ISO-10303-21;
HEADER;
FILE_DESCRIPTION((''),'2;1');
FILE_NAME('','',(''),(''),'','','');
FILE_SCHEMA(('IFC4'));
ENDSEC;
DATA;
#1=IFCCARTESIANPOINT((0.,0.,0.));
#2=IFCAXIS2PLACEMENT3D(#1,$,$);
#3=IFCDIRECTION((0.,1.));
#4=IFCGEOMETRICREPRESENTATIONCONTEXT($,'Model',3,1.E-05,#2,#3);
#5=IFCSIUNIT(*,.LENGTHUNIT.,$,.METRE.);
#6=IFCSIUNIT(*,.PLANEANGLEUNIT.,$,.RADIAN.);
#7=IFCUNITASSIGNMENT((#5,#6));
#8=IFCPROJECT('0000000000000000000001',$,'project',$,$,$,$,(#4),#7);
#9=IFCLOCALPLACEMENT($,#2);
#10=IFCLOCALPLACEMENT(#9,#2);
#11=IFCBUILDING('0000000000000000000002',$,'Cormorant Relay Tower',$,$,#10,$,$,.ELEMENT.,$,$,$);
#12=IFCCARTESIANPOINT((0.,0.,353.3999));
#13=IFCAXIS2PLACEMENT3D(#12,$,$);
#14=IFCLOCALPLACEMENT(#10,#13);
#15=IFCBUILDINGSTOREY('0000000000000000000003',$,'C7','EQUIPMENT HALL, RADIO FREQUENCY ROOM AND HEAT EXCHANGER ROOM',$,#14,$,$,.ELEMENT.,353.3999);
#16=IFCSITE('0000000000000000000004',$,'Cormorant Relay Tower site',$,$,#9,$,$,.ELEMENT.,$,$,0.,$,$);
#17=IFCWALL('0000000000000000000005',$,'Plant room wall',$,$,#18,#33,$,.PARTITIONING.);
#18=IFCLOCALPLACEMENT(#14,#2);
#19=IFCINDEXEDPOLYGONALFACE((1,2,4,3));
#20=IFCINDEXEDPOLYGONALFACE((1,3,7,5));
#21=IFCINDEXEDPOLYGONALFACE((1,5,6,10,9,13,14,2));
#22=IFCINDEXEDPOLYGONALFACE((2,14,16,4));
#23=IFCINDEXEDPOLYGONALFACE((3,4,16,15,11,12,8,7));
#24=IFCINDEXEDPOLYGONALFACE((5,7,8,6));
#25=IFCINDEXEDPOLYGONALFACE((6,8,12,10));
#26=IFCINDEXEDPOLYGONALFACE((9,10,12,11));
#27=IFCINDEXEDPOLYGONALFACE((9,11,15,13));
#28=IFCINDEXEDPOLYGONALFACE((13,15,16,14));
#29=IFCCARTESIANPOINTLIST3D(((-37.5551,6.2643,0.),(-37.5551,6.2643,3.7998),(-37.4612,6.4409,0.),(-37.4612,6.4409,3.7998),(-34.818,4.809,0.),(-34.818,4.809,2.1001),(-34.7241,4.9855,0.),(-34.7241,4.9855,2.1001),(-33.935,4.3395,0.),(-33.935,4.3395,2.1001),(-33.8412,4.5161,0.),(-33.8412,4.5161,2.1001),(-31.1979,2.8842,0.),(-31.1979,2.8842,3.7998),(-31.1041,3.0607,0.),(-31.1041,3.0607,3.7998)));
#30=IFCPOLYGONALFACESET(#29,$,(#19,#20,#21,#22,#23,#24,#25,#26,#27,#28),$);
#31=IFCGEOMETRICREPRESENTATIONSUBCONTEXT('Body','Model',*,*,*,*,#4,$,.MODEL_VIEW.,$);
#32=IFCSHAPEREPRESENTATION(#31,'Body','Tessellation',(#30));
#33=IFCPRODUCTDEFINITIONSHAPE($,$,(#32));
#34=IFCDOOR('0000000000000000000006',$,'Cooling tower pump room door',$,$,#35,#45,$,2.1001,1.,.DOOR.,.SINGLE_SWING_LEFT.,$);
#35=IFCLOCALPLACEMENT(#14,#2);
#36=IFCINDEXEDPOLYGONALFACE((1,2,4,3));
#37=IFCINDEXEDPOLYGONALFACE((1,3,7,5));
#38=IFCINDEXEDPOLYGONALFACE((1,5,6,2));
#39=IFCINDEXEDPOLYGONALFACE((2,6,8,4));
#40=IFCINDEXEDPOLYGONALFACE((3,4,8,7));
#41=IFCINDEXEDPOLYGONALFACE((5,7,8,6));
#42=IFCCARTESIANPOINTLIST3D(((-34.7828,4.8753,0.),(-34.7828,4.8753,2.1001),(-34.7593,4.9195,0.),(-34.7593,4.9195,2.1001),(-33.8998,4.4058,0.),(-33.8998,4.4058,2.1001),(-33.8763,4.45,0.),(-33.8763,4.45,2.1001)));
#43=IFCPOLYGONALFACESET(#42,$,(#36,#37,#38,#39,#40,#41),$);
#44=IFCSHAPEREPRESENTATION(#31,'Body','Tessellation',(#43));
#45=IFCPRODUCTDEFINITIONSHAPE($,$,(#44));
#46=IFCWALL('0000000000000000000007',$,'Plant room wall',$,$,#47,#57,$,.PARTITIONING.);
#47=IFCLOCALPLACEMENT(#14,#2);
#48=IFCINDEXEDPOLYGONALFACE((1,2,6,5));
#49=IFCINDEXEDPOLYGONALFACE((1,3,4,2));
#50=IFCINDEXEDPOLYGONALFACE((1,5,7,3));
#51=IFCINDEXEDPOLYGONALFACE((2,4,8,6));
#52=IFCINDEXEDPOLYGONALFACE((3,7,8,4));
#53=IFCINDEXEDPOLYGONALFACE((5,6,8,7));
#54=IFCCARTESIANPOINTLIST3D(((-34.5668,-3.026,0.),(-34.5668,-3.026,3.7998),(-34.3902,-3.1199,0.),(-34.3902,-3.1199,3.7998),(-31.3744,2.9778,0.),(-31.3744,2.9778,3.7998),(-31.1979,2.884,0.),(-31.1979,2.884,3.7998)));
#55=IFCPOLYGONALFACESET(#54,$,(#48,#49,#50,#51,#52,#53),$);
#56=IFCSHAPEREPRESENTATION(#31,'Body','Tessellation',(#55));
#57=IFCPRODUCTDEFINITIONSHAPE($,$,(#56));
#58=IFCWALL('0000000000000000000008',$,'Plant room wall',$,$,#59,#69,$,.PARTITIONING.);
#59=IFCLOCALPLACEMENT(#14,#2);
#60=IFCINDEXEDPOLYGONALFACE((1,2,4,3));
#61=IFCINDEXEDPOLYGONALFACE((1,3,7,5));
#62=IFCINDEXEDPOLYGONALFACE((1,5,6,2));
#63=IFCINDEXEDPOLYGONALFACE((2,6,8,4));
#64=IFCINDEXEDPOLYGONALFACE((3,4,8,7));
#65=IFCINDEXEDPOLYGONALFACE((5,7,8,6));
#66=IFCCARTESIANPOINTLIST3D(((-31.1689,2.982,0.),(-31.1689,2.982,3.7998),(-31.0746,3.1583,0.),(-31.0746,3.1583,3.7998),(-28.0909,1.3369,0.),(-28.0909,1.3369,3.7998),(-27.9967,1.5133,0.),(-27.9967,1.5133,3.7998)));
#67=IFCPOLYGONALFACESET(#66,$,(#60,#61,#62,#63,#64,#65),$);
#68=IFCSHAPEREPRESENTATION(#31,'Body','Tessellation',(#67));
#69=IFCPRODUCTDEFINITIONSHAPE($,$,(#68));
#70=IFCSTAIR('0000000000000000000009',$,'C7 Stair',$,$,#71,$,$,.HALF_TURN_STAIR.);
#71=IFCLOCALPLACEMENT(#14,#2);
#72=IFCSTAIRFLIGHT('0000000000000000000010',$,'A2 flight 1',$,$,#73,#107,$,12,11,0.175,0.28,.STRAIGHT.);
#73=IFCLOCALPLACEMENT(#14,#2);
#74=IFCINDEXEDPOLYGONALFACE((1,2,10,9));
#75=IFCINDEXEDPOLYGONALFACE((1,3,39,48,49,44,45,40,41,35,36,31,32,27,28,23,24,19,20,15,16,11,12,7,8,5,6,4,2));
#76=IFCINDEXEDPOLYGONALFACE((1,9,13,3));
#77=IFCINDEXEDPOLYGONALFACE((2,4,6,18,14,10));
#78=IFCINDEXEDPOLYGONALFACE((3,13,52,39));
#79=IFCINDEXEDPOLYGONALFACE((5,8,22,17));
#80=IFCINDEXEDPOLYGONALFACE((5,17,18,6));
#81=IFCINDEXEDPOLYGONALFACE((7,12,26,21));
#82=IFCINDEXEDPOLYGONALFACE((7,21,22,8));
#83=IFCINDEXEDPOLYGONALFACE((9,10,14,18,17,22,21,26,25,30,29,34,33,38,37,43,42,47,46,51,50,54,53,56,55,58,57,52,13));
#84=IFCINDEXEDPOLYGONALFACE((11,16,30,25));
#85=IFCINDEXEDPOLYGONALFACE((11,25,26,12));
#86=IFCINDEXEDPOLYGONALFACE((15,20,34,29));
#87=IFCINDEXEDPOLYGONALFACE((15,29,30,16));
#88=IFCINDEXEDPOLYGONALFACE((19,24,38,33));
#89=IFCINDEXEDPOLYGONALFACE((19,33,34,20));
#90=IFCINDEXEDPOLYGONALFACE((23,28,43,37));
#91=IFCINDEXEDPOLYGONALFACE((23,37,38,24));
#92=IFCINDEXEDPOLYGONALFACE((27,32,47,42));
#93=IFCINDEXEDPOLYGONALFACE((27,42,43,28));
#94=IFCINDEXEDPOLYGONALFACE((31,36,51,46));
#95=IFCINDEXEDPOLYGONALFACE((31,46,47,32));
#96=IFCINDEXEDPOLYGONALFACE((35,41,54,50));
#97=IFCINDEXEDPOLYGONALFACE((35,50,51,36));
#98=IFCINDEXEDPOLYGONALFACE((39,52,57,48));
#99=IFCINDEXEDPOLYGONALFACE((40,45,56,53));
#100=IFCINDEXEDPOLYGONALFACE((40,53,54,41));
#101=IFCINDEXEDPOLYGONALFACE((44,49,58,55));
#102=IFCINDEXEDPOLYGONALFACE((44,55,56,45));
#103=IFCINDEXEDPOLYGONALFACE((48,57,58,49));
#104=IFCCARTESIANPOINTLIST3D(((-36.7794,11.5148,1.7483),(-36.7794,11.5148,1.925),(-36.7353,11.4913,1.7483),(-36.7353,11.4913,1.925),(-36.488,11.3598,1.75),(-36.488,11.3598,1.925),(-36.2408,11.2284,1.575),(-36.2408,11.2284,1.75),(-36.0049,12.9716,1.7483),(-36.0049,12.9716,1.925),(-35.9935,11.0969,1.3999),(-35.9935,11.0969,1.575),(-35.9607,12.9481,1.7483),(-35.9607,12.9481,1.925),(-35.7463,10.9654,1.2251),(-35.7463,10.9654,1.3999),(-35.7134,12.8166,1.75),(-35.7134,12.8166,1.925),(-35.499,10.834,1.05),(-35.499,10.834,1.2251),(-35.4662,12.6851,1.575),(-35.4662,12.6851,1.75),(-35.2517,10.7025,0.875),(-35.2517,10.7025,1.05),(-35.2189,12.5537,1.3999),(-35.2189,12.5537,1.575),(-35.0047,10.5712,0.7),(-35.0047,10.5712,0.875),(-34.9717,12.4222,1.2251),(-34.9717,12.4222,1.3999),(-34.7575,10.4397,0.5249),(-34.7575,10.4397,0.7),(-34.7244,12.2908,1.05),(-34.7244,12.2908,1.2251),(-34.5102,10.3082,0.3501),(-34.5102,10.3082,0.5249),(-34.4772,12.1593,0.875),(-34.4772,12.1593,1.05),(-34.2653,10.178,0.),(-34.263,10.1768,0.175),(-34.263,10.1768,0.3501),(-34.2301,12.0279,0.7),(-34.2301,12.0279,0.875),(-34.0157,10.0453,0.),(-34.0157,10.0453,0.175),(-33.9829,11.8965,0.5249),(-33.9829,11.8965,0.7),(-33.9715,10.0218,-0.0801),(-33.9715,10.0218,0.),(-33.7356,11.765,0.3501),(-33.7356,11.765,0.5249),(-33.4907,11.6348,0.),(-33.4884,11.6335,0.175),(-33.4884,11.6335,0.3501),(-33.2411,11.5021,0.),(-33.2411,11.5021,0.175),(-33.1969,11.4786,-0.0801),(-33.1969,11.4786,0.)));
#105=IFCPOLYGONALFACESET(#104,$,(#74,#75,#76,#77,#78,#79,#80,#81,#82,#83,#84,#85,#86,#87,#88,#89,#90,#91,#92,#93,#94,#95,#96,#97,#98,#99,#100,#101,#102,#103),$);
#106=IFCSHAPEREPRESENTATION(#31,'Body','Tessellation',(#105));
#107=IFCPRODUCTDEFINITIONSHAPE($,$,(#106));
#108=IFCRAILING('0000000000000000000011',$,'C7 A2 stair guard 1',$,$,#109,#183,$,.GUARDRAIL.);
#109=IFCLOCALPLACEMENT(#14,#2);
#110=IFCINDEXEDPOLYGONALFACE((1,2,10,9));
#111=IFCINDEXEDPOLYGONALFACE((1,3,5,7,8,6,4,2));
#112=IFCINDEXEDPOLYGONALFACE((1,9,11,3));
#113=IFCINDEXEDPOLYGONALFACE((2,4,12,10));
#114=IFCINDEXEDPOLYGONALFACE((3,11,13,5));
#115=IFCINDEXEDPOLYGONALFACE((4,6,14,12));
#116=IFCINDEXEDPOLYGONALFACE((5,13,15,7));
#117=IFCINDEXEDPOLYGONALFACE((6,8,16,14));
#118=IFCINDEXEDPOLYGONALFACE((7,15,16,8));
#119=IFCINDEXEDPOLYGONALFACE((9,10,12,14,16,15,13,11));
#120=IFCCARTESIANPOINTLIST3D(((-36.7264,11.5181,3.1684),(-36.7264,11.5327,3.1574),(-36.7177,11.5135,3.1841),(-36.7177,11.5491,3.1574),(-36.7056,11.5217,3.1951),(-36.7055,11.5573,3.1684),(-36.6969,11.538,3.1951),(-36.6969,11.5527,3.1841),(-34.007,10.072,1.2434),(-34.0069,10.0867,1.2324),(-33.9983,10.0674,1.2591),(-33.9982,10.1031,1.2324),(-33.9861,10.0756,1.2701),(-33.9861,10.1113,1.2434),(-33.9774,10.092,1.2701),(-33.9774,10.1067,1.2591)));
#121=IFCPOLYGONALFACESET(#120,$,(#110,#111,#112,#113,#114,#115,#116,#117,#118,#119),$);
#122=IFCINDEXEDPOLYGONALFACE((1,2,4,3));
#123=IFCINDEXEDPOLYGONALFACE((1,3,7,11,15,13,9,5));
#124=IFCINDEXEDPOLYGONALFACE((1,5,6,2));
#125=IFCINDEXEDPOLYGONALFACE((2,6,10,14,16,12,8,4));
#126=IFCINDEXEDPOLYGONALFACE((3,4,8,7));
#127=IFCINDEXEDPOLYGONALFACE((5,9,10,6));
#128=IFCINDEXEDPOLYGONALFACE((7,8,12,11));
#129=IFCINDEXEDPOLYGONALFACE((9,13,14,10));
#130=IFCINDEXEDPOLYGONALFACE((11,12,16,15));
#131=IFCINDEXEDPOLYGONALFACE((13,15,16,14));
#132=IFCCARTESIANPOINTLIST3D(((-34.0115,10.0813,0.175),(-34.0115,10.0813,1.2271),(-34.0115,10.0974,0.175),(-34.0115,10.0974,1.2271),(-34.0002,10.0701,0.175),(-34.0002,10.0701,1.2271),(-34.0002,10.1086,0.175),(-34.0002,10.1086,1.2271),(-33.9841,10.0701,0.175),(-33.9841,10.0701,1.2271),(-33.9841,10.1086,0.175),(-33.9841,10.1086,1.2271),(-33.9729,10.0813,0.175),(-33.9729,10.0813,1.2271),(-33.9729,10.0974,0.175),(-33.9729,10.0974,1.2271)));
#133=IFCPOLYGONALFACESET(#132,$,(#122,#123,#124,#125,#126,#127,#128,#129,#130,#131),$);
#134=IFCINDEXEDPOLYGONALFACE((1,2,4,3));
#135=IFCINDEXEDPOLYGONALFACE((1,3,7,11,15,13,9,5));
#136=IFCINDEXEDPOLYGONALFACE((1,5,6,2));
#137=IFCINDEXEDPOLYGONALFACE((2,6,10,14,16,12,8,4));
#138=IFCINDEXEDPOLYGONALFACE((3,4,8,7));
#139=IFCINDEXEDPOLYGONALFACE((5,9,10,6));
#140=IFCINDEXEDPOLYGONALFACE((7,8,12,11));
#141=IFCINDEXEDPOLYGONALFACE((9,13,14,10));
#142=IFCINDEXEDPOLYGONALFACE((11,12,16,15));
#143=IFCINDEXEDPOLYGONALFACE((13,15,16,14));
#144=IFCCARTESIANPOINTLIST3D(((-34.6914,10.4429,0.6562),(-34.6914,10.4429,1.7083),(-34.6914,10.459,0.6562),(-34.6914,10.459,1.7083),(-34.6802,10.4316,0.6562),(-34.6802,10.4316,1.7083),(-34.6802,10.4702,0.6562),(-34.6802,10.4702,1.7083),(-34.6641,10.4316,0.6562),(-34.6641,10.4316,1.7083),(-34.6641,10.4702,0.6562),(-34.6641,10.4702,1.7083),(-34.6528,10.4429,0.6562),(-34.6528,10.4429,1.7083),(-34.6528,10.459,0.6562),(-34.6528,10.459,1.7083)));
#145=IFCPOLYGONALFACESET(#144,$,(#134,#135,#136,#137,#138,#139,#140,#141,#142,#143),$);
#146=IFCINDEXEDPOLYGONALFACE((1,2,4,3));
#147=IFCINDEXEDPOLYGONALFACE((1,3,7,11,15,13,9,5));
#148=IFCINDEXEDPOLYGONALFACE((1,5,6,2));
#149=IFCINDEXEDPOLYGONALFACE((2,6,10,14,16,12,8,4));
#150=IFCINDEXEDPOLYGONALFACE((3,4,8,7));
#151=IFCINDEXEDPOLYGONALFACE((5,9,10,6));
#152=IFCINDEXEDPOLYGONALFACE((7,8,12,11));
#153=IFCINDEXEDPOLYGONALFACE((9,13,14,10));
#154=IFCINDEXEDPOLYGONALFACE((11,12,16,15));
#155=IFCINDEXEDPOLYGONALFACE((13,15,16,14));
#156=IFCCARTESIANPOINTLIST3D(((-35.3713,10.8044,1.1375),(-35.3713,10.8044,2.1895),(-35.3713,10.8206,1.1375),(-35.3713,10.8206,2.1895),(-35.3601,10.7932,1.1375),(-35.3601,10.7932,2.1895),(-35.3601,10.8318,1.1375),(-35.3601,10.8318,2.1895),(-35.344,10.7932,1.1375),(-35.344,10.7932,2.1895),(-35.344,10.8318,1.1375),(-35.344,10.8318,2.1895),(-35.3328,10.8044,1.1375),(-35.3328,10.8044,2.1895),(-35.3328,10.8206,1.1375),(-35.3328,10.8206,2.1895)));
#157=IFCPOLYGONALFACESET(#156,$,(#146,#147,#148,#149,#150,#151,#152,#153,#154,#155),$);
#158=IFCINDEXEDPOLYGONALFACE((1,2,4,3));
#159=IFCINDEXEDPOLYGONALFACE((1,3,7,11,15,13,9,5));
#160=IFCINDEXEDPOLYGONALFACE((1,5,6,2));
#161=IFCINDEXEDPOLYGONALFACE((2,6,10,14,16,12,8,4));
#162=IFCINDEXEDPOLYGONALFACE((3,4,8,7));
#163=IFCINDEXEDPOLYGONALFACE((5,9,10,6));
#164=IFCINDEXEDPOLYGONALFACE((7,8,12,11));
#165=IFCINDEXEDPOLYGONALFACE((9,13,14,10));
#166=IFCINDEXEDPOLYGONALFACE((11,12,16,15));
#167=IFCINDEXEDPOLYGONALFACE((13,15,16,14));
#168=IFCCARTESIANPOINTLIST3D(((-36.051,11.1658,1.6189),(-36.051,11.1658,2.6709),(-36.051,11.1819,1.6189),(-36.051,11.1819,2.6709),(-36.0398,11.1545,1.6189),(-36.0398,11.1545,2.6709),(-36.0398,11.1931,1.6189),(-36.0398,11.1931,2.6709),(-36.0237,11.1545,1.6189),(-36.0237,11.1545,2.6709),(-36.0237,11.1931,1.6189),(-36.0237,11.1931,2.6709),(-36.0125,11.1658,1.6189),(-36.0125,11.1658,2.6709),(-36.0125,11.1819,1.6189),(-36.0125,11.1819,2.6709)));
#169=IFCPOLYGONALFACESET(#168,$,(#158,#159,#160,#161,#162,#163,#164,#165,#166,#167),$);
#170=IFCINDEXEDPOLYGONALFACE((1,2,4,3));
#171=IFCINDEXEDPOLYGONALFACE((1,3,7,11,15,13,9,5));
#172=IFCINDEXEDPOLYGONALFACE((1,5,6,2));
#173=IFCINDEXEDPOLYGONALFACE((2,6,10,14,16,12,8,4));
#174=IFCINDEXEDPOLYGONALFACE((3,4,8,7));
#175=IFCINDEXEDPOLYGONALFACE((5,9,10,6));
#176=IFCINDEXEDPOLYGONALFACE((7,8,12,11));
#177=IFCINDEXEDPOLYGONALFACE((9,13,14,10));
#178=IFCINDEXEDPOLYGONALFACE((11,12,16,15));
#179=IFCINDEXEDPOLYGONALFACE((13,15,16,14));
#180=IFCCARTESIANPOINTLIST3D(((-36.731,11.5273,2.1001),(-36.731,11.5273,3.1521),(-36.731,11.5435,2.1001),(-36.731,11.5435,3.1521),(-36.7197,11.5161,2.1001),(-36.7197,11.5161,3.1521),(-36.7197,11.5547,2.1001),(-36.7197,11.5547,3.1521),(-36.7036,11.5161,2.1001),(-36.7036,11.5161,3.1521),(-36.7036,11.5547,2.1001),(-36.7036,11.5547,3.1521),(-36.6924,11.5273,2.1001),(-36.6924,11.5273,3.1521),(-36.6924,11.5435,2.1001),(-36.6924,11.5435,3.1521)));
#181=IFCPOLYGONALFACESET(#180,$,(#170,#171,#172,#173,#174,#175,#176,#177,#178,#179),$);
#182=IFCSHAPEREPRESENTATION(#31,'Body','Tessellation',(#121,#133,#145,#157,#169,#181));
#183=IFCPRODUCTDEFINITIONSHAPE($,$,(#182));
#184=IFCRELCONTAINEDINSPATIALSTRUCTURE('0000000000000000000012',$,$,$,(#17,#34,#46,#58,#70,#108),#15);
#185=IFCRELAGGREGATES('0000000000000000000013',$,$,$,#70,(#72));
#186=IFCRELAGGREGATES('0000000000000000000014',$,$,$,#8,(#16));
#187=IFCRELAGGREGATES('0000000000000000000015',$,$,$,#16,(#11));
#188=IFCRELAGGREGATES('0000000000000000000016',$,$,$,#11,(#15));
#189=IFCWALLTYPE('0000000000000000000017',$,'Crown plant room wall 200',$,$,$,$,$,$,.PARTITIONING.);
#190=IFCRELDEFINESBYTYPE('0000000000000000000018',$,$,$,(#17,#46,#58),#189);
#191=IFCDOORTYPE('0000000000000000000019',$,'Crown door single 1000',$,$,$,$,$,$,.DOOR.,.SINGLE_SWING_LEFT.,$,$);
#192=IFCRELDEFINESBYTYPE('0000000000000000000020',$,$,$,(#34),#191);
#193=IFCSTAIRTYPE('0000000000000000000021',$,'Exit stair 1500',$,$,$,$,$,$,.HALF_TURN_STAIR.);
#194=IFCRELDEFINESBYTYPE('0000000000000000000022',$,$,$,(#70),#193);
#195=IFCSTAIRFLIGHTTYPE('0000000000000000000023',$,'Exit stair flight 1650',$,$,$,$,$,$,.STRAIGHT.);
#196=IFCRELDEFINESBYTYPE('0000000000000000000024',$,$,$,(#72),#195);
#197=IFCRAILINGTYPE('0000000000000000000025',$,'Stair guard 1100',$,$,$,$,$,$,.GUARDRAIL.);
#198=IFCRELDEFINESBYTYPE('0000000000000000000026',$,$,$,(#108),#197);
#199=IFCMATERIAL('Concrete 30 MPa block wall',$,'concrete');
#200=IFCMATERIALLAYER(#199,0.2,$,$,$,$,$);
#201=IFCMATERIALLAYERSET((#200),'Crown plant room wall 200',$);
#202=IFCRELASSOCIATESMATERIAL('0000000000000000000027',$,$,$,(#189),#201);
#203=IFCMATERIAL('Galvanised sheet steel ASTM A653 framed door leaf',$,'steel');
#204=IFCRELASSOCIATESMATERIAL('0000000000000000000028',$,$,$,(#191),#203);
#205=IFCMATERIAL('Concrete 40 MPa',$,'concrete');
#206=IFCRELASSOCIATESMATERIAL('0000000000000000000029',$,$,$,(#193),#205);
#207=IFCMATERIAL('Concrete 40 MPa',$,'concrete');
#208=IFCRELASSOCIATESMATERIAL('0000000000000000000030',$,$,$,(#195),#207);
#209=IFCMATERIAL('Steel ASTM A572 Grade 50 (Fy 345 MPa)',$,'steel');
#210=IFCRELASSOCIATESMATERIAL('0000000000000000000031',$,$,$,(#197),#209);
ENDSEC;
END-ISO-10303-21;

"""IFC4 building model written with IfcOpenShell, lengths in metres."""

from ifc_helpers import new_model, si_unit, direction, frame, frame_2d, origin, place, context, subcontext, project, spatial, polyline, rectangle, outline, extrude, material, layer, layer_set, type_object, element, fill, aggregate, save


model = new_model("IFC4")

# Units and contexts
model_context = context("Model", 3, precision=1e-05, world=origin(), true_north=direction((0.0, 1.0)))
body_context = subcontext(model_context, "Body", "Model", "MODEL_VIEW")
ifc_project = project(units=[si_unit("LENGTHUNIT", "METRE"), si_unit("PLANEANGLEUNIT", "RADIAN")], contexts=[model_context])

# Site, building, storey
site_placement = place(None, origin())
site = spatial("IfcSite", under=ifc_project, at=site_placement, Name="Cormorant Relay Tower site", CompositionType="ELEMENT", RefElevation=0.0)
building_placement = place(site_placement, origin())
building = spatial("IfcBuilding", under=site, at=building_placement, Name="Cormorant Relay Tower", CompositionType="ELEMENT")
storey_placement = place(building_placement, frame((0.0, 0.0, 353.3999)))
storey = spatial("IfcBuildingStorey", under=building, at=storey_placement, Name="C7", Description="EQUIPMENT HALL, RADIO FREQUENCY ROOM AND HEAT EXCHANGER ROOM", CompositionType="ELEMENT", Elevation=353.3999)

# Wall, opening, door
ifc_material_1 = material(Name="Concrete 30 MPa block wall", Category="concrete")
ifc_layer_1 = layer(ifc_material_1, 0.2)
ifc_layer_set_1 = layer_set([ifc_layer_1], Name="Crown plant room wall 200")
wall_type_1 = type_object("IfcWallType", Name="Crown plant room wall 200", PredefinedType="PARTITIONING", material=ifc_layer_set_1)
wall_1_placement = place(storey_placement, frame((-31.1509, 2.9724, 0.0), z_axis=(0.0, 0.0, 1.0), x_axis=(-0.88295, 0.469467, 0.0)))
wall_1 = element("IfcWall", 1, at=wall_1_placement, inside=storey, type_object=wall_type_1, Name="Plant room wall", PredefinedType="PARTITIONING", context=body_context, shape_type="SweptSolid", body=[
    extrude(rectangle(XDim=7.2, YDim=0.2, at=frame_2d((3.6001, 0.0))), origin(), (0.0, 0.0, 1.0), 3.7998),
])
opening_1_placement = place(wall_1_placement, frame((3.1001, 0.0, 0.0)))
opening_1 = element("IfcOpeningElement", 2, at=opening_1_placement, cuts=wall_1, PredefinedType="OPENING", context=body_context, shape_type="SweptSolid", body=[
    extrude(rectangle(XDim=1.0, YDim=2.1001, at=frame_2d((0.5, 1.05))), frame((0.0, 0.1099, 0.0), z_axis=(0.0, -1.0, 0.0), x_axis=(1.0, 0.0, 0.0)), (0.0, 0.0, 1.0), 0.22),
])
ifc_material_2 = material(Name="Galvanised sheet steel ASTM A653 framed door leaf", Category="steel")
door_type_1 = type_object("IfcDoorType", Name="Crown door single 1000", OperationType="SINGLE_SWING_LEFT", PredefinedType="DOOR", material=ifc_material_2)
door_1_placement = place(opening_1_placement, origin())
door_1 = element("IfcDoor", 3, at=door_1_placement, inside=storey, type_object=door_type_1, Name="Cooling tower pump room door", OperationType="SINGLE_SWING_LEFT", OverallHeight=2.1001, OverallWidth=1.0, PredefinedType="DOOR", context=body_context, shape_type="SweptSolid", body=[
    extrude(rectangle(XDim=1.0, YDim=2.1001, at=frame_2d((0.5, 1.05))), frame((0.0, 0.0249, 0.0), z_axis=(0.0, -1.0, 0.0), x_axis=(1.0, 0.0, 0.0)), (0.0, 0.0, 1.0), 0.05),
])
fill(opening_1, door_1)

# Walls
wall_2_placement = place(storey_placement, frame((-31.2861, 2.9309, 0.0), z_axis=(0.0, 0.0, 1.0), x_axis=(-0.469477, -0.882945, 0.0)))
element("IfcWall", 4, at=wall_2_placement, inside=storey, type_object=wall_type_1, Name="Plant room wall", PredefinedType="PARTITIONING", context=body_context, shape_type="SweptSolid", body=[
    extrude(rectangle(XDim=6.7998, YDim=0.2, at=frame_2d((3.3999, 0.0))), origin(), (0.0, 0.0, 1.0), 3.7998),
])
wall_3_placement = place(storey_placement, frame((-28.0437, 1.425, 0.0), z_axis=(0.0, 0.0, 1.0), x_axis=(-0.881938, 0.471365, 0.0)))
element("IfcWall", 5, at=wall_3_placement, inside=storey, type_object=wall_type_1, Name="Plant room wall", PredefinedType="PARTITIONING", context=body_context, shape_type="SweptSolid", body=[
    extrude(rectangle(XDim=3.49, YDim=0.2, at=frame_2d((1.7451, 0.0))), origin(), (0.0, 0.0, 1.0), 3.7998),
])

# Stair, stair flight
ifc_material_3 = material(Name="Concrete 40 MPa", Category="concrete")
stair_type = type_object("IfcStairType", Name="Exit stair 1500", PredefinedType="HALF_TURN_STAIR", material=ifc_material_3)
stair_placement = place(storey_placement, origin())
stair = element("IfcStair", 6, at=stair_placement, inside=storey, type_object=stair_type, Name="C7 Stair", PredefinedType="HALF_TURN_STAIR")
ifc_material_4 = material(Name="Concrete 40 MPa", Category="concrete")
stair_flight_type = type_object("IfcStairFlightType", Name="Exit stair flight 1650", PredefinedType="STRAIGHT", material=ifc_material_4)
stair_flight_placement = place(storey_placement, frame((-33.6284, 10.7737, 0.0), z_axis=(0.0, 0.0, 1.0), x_axis=(-0.882948, 0.469472, 0.0)))
stair_flight = element("IfcStairFlight", 7, at=stair_flight_placement, type_object=stair_flight_type, Name="A2 flight 1", NumberOfRisers=12, NumberOfTreads=11, PredefinedType="STRAIGHT", RiserHeight=0.175, TreadLength=0.28, context=body_context, shape_type="SweptSolid", body=[
    extrude(outline(polyline([(-0.05, -0.0801), (-0.05, 0.0), (0.0, 0.0), (0.0, 0.175), (0.28, 0.175), (0.28, 0.3501), (0.5601, 0.3501), (0.5601, 0.5249), (0.8401, 0.5249), (0.8401, 0.7), (1.1201, 0.7), (1.1201, 0.875), (1.3999, 0.875), (1.3999, 1.05), (1.6799, 1.05), (1.6799, 1.2251), (1.96, 1.2251), (1.96, 1.3999), (2.24, 1.3999), (2.24, 1.575), (2.52, 1.575), (2.52, 1.75), (2.8, 1.75), (2.8, 1.925), (3.0801, 1.925), (3.1301, 1.925), (3.1301, 1.7483), (3.0801, 1.7483), (0.2827, 0.0), (-0.05, -0.0801)])), frame((0.0, 0.825, 0.0), z_axis=(0.0, -1.0, 0.0), x_axis=(1.0, 0.0, 0.0)), (0.0, 0.0, 1.0), 1.6499),
])
aggregate(stair, [stair_flight])

# Railing
ifc_material_5 = material(Name="Steel ASTM A572 Grade 50 (Fy 345 MPa)", Category="steel")
railing_type_1 = type_object("IfcRailingType", Name="Stair guard 1100", PredefinedType="GUARDRAIL", material=ifc_material_5)
railing_1_placement = place(storey_placement, frame((-33.9922, 10.0894, 0.175)))
element("IfcRailing", 8, at=railing_1_placement, inside=storey, type_object=railing_type_1, Name="C7 A2 stair guard 1", PredefinedType="GUARDRAIL", context=body_context, shape_type="SweptSolid", body=[
    extrude(outline(polyline([(0.0222, 0.0093), (0.0093, 0.0222), (-0.0093, 0.0222), (-0.0222, 0.0093), (-0.0222, -0.0093), (-0.0093, -0.0222), (0.0093, -0.0222), (0.0222, -0.0093), (0.0222, 0.0093)])), frame((0.0, 0.0, 1.0762), z_axis=(-0.748727, 0.398125, 0.530004), x_axis=(-0.469489, -0.882938, 0.0)), (0.0, 0.0, 1.0), 3.6321),
    extrude(outline(polyline([(0.0193, 0.0081), (0.0081, 0.0193), (-0.0081, 0.0193), (-0.0193, 0.0081), (-0.0193, -0.0081), (-0.0081, -0.0193), (0.0081, -0.0193), (0.0193, -0.0081), (0.0193, 0.0081)])), origin(), (0.0, 0.0, 1.0), 1.052),
    extrude(outline(polyline([(0.0193, 0.0081), (0.0081, 0.0193), (-0.0081, 0.0193), (-0.0193, 0.0081), (-0.0193, -0.0081), (-0.0081, -0.0193), (0.0081, -0.0193), (0.0193, -0.0081), (0.0193, 0.0081)])), frame((-0.6799, 0.3616, 0.4812)), (0.0, 0.0, 1.0), 1.052),
    extrude(outline(polyline([(0.0193, 0.0081), (0.0081, 0.0193), (-0.0081, 0.0193), (-0.0193, 0.0081), (-0.0193, -0.0081), (-0.0081, -0.0193), (0.0081, -0.0193), (0.0193, -0.0081), (0.0193, 0.0081)])), frame((-1.3599, 0.7231, 0.9624)), (0.0, 0.0, 1.0), 1.052),
    extrude(outline(polyline([(0.0193, 0.0081), (0.0081, 0.0193), (-0.0081, 0.0193), (-0.0193, 0.0081), (-0.0193, -0.0081), (-0.0081, -0.0193), (0.0081, -0.0193), (0.0193, -0.0081), (0.0193, 0.0081)])), frame((-2.0396, 1.0845, 1.4438)), (0.0, 0.0, 1.0), 1.052),
    extrude(outline(polyline([(0.0193, 0.0081), (0.0081, 0.0193), (-0.0081, 0.0193), (-0.0193, 0.0081), (-0.0193, -0.0081), (-0.0081, -0.0193), (0.0081, -0.0193), (0.0193, -0.0081), (0.0193, 0.0081)])), frame((-2.7195, 1.446, 1.925)), (0.0, 0.0, 1.0), 1.052),
])

save(model, "model.ifc")
